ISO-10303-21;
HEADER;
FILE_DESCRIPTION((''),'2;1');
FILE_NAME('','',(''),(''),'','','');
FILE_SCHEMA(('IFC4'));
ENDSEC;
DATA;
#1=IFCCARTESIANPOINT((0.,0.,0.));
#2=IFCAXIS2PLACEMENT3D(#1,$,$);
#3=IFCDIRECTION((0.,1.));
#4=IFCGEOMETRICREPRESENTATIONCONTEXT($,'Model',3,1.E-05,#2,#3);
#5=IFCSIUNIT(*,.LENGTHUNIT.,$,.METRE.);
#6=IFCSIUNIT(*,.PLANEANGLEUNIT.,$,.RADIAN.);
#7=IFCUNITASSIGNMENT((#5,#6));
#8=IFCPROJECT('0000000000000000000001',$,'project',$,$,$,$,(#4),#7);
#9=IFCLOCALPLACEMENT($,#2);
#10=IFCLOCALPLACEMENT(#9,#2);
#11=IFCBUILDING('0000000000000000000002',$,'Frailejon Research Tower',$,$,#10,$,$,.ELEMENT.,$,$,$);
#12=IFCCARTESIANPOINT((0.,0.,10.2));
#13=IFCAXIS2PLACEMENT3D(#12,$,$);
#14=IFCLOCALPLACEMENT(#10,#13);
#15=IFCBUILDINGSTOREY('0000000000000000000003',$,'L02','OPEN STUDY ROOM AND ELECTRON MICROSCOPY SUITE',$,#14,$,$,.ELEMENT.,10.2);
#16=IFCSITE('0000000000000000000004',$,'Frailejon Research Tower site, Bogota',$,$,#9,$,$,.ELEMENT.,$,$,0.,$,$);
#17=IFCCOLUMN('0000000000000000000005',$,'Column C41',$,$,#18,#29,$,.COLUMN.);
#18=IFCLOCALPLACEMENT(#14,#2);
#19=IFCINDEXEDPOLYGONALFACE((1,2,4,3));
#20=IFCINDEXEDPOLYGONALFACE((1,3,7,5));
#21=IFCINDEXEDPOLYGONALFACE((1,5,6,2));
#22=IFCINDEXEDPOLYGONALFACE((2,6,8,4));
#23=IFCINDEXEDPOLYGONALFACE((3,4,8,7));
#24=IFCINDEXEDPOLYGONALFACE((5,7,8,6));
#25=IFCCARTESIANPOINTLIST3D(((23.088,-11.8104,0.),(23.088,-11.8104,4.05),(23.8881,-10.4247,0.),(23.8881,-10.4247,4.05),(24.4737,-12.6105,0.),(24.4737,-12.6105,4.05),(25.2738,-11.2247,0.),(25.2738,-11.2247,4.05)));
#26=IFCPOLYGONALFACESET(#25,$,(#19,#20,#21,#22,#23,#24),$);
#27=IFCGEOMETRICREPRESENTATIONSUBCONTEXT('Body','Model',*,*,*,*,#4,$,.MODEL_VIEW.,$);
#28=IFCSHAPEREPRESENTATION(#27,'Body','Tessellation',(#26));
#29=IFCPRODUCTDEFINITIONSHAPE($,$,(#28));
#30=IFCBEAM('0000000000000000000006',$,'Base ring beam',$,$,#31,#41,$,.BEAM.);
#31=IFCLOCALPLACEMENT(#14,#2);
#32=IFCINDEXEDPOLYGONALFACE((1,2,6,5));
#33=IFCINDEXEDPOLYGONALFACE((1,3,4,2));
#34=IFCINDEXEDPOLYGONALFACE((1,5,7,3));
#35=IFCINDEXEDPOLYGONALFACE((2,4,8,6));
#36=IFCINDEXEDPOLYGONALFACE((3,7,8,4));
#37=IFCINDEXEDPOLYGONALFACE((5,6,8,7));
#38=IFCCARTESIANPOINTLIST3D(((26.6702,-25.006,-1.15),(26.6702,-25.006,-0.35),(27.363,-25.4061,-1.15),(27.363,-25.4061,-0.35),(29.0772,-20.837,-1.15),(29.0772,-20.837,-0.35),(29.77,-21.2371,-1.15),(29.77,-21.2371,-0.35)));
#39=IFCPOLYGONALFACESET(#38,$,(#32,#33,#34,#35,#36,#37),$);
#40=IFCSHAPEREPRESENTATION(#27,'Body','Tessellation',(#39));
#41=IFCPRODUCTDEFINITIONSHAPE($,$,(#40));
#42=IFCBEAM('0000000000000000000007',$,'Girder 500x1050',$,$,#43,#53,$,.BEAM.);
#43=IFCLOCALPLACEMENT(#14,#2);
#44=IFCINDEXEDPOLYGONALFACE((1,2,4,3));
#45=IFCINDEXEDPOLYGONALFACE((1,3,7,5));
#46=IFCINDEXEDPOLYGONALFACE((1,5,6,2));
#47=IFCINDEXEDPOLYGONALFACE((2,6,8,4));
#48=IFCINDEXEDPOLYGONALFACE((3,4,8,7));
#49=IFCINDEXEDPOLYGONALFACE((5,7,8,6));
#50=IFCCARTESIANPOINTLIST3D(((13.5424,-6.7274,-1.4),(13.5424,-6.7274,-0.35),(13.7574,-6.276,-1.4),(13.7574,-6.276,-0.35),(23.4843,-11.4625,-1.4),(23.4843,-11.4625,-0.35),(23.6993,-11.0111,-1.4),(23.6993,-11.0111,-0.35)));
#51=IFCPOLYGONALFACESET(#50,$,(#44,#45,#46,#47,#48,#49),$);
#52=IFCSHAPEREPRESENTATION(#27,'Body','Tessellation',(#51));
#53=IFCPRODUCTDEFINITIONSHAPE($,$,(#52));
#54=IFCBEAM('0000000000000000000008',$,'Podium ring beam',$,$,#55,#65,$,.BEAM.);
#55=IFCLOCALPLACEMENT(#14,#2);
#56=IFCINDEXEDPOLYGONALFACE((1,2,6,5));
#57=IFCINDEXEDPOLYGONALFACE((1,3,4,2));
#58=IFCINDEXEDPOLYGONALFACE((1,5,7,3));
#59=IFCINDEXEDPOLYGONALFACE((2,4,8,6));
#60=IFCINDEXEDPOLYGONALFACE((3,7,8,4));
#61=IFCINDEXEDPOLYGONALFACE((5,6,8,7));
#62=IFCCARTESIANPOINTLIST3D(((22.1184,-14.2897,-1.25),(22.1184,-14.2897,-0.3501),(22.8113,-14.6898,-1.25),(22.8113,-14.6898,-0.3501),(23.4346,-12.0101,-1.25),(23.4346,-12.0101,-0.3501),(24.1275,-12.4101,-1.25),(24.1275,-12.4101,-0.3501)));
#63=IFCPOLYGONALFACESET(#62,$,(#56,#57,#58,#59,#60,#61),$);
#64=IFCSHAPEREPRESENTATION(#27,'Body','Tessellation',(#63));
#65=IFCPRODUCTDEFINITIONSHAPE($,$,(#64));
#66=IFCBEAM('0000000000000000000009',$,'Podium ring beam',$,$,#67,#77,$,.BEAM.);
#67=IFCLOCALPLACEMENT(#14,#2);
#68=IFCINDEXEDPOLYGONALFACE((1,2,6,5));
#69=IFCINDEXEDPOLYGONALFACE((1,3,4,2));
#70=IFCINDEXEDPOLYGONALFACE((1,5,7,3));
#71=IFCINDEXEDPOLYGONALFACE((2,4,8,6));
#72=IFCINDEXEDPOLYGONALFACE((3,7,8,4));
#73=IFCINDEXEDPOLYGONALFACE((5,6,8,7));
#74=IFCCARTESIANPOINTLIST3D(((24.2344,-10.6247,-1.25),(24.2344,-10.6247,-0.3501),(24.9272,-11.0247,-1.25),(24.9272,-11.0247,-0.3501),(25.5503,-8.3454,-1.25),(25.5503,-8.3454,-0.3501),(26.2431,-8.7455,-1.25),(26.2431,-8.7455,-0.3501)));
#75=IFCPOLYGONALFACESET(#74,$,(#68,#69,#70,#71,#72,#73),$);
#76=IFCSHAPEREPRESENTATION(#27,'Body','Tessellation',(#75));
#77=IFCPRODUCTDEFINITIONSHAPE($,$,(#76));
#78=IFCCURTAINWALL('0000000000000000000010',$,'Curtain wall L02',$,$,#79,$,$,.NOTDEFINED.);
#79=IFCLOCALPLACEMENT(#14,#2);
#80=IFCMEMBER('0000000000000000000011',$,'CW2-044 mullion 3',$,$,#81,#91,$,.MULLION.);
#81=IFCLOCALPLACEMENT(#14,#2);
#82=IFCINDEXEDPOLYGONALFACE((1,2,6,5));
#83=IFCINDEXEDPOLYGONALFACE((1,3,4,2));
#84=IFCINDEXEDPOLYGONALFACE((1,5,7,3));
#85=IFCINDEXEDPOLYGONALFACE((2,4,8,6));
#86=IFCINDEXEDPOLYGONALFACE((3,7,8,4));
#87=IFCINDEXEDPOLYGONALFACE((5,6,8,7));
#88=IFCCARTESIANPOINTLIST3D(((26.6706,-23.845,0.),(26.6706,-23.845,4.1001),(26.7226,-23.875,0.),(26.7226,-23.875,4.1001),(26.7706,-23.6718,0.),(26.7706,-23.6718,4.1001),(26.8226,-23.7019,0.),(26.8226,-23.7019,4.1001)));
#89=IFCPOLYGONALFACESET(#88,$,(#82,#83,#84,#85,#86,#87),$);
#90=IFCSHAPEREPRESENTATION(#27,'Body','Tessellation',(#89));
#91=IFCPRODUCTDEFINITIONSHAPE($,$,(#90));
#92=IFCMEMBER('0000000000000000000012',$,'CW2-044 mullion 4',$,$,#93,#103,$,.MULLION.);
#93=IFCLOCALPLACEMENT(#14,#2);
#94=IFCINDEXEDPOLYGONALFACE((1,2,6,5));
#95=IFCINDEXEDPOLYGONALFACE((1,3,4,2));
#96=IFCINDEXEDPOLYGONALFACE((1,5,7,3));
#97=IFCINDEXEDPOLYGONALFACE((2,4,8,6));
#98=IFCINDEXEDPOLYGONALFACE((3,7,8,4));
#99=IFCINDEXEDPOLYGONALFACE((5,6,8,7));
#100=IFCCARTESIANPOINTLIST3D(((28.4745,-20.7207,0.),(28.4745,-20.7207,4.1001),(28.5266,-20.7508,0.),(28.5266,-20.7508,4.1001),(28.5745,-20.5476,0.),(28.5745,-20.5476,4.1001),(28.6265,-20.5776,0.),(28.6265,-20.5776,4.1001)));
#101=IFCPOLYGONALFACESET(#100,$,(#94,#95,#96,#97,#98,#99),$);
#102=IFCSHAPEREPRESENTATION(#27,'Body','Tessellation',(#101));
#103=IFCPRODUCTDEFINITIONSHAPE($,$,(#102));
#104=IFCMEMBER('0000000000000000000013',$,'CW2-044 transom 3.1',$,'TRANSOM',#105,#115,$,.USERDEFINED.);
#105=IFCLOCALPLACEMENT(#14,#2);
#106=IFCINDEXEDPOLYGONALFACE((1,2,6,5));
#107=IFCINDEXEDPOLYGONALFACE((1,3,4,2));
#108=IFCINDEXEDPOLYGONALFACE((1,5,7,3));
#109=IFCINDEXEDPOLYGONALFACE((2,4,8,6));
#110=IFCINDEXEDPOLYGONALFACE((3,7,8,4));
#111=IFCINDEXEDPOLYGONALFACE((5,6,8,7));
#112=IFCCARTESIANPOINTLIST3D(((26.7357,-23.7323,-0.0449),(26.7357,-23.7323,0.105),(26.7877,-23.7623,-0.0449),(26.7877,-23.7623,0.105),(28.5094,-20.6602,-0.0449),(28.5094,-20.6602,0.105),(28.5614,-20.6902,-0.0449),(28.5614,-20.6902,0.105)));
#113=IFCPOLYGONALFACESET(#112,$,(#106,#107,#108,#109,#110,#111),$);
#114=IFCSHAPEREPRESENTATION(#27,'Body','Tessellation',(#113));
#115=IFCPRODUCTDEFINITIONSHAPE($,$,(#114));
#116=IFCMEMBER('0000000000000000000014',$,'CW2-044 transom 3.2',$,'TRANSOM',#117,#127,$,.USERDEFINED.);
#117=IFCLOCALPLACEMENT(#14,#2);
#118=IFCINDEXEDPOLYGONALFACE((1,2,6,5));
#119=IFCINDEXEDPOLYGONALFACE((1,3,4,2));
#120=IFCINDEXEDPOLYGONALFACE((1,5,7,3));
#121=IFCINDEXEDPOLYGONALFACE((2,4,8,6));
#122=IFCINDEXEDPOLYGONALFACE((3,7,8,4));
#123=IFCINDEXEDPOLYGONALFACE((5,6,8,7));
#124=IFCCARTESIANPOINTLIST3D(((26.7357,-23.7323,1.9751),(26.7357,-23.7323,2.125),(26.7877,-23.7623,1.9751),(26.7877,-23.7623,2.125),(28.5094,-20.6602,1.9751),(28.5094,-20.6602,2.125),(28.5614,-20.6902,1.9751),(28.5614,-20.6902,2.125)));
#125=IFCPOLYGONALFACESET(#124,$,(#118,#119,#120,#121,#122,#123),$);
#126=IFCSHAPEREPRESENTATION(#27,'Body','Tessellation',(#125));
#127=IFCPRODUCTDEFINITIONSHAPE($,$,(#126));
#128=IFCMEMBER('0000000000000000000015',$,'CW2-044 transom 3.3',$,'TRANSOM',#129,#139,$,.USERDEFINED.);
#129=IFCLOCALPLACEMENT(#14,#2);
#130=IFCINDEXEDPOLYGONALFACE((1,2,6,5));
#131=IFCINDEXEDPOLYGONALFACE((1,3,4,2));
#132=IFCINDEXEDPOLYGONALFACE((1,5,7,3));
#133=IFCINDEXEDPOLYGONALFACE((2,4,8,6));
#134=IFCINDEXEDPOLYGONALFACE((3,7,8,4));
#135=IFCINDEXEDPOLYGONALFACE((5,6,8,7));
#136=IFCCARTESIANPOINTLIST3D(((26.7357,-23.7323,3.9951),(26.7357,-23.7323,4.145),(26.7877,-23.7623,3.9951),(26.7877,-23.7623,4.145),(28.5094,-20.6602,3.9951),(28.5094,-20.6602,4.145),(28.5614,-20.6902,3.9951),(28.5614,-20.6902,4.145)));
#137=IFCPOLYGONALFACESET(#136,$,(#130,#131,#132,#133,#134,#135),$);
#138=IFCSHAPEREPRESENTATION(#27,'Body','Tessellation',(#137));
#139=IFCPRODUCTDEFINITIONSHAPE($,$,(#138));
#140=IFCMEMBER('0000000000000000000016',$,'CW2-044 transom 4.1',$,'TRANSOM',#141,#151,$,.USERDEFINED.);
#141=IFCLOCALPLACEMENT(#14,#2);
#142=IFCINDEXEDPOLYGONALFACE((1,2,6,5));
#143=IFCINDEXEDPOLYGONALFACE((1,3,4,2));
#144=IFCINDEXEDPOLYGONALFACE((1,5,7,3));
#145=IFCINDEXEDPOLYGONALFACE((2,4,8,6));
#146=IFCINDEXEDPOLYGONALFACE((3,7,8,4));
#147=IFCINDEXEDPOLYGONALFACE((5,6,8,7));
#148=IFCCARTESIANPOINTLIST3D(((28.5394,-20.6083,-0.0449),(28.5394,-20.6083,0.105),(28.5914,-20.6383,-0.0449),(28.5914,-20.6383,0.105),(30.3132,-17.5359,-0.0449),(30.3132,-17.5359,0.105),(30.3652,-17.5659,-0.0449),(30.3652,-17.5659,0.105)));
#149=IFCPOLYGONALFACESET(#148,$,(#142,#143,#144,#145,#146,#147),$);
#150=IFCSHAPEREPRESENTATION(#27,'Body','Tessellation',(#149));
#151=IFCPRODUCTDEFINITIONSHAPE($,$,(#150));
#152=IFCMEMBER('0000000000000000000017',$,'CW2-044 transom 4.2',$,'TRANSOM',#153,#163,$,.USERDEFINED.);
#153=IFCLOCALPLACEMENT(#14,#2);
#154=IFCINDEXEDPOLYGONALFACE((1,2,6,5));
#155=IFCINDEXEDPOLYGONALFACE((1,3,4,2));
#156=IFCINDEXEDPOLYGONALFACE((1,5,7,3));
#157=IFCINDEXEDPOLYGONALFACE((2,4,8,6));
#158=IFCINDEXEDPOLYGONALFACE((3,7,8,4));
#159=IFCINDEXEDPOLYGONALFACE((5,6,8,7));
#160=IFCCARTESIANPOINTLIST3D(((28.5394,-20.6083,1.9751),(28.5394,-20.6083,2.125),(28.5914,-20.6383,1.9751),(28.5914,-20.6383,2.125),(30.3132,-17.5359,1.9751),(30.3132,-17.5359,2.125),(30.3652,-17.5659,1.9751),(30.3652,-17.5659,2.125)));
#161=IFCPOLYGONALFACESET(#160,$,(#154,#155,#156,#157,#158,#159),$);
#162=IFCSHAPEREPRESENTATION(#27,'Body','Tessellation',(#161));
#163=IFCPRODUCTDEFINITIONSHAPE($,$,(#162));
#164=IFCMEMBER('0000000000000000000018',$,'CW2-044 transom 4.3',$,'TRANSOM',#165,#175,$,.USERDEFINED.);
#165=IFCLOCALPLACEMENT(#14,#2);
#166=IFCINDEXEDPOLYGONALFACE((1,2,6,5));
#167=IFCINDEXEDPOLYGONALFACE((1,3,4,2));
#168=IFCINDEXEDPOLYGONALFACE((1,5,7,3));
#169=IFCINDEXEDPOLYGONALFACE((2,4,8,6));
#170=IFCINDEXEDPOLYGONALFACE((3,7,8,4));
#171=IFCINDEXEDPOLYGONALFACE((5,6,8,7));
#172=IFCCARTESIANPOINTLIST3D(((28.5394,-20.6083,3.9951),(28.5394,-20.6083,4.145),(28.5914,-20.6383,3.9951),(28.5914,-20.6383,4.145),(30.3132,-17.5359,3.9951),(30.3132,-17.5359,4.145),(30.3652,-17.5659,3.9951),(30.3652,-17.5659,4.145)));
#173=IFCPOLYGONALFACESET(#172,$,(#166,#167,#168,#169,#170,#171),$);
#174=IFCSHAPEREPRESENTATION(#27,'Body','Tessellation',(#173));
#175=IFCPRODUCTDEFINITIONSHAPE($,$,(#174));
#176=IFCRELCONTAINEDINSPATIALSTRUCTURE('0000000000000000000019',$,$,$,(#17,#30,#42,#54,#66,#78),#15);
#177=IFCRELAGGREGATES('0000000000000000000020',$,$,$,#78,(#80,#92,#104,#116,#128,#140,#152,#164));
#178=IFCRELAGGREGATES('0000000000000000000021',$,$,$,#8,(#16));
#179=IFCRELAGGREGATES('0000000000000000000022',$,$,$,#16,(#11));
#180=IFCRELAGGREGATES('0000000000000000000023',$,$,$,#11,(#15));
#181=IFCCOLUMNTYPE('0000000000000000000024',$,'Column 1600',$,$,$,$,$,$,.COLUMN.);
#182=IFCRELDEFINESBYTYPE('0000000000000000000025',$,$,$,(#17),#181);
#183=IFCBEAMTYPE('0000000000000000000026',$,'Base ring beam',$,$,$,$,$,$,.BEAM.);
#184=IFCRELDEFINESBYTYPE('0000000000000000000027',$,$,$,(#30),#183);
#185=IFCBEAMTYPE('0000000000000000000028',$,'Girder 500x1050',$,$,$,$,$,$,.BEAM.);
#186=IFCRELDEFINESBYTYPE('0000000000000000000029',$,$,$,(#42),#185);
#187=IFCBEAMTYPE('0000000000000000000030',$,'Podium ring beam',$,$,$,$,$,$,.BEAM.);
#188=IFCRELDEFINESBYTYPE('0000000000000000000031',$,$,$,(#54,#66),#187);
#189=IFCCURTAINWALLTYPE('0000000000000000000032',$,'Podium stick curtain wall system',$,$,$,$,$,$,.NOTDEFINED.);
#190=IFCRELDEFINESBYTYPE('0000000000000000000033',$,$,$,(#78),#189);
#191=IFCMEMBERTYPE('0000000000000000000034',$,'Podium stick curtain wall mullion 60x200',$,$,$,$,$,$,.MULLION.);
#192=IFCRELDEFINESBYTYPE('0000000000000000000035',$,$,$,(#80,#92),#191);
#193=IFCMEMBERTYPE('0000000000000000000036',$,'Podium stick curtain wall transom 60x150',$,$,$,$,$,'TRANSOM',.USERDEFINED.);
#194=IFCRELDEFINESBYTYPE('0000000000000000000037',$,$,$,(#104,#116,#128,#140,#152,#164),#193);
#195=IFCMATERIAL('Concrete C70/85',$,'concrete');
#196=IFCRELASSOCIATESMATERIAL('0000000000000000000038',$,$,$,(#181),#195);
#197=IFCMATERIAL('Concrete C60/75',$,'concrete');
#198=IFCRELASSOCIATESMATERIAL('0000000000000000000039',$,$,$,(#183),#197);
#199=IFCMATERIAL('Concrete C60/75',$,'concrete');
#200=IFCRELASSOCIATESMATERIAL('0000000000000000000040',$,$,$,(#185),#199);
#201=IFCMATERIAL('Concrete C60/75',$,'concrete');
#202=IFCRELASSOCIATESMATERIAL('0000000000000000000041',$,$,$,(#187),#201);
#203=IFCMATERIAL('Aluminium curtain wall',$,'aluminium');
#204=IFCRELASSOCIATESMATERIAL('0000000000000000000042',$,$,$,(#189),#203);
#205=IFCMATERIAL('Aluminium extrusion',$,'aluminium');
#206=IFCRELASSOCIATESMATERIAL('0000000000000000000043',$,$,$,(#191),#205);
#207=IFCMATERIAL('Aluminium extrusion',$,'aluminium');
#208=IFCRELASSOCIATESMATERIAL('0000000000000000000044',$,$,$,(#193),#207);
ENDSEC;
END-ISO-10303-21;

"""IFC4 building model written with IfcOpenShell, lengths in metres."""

from ifc_helpers import new_model, si_unit, direction, frame, origin, origin_2d, place, context, subcontext, project, spatial, rectangle, extrude, material, material_profile, profile_set, type_object, element, aggregate, save


model = new_model("IFC4")

# Units and contexts
model_context = context("Model", 3, precision=1e-05, world=origin(), true_north=direction((0.0, 1.0)))
body_context = subcontext(model_context, "Body", "Model", "MODEL_VIEW")
ifc_project = project(units=[si_unit("LENGTHUNIT", "METRE"), si_unit("PLANEANGLEUNIT", "RADIAN")], contexts=[model_context])

# Site, building, storey
site_placement = place(None, origin())
site = spatial("IfcSite", under=ifc_project, at=site_placement, Name="Frailejon Research Tower site, Bogota", CompositionType="ELEMENT", RefElevation=0.0)
building_placement = place(site_placement, origin())
building = spatial("IfcBuilding", under=site, at=building_placement, Name="Frailejon Research Tower", CompositionType="ELEMENT")
storey_placement = place(building_placement, frame((0.0, 0.0, 10.2)))
storey = spatial("IfcBuildingStorey", under=building, at=storey_placement, Name="L02", Description="OPEN STUDY ROOM AND ELECTRON MICROSCOPY SUITE", CompositionType="ELEMENT", Elevation=10.2)

# Column
ifc_material_1 = material(Name="Concrete C70/85", Category="concrete")
ifc_material_profile_1 = material_profile(ifc_material_1, rectangle(XDim=1.6001, YDim=1.6001, at=origin_2d()), Name="Column 1600")
ifc_profile_set_1 = profile_set([ifc_material_profile_1], Name="Concrete C70/85")
column_type = type_object("IfcColumnType", Name="Column 1600", PredefinedType="COLUMN", material=ifc_profile_set_1)
column_placement = place(storey_placement, frame((24.1809, -11.5176, 0.0), z_axis=(0.0, 0.0, 1.0), x_axis=(0.5, 0.866025, 0.0)))
element("IfcColumn", 1, at=column_placement, inside=storey, type_object=column_type, Name="Column C41", PredefinedType="COLUMN", context=body_context, shape_type="SweptSolid", body=[
    extrude(rectangle(XDim=1.6001, YDim=1.6001, at=origin_2d()), origin(), (0.0, 0.0, 1.0), 4.05),
])

# Beams
ifc_material_2 = material(Name="Concrete C60/75", Category="concrete")
ifc_material_profile_2 = material_profile(ifc_material_2, rectangle(XDim=0.8, YDim=0.8, at=origin_2d()), Name="Base ring beam")
ifc_profile_set_2 = profile_set([ifc_material_profile_2], Name="Concrete C60/75")
beam_type_1 = type_object("IfcBeamType", Name="Base ring beam", PredefinedType="BEAM", material=ifc_profile_set_2)
beam_1_placement = place(storey_placement, frame((27.0166, -25.2061, -0.75), z_axis=(0.500006, 0.866022, 0.0), x_axis=(-0.866022, 0.500006, 0.0)))
element("IfcBeam", 2, at=beam_1_placement, inside=storey, type_object=beam_type_1, Name="Base ring beam", PredefinedType="BEAM", context=body_context, shape_type="SweptSolid", body=[
    extrude(rectangle(XDim=0.8, YDim=0.8, at=origin_2d()), origin(), (0.0, 0.0, 1.0), 4.814),
])
ifc_material_3 = material(Name="Concrete C60/75", Category="concrete")
ifc_material_profile_3 = material_profile(ifc_material_3, rectangle(XDim=0.5, YDim=1.05, at=origin_2d()), Name="Girder 500x1050")
ifc_profile_set_3 = profile_set([ifc_material_profile_3], Name="Concrete C60/75")
beam_type_2 = type_object("IfcBeamType", Name="Girder 500x1050", PredefinedType="BEAM", material=ifc_profile_set_3)
beam_2_placement = place(storey_placement, frame((23.5918, -11.2368, -0.875), z_axis=(-0.90283, 0.429998, 0.0), x_axis=(-0.429998, -0.90283, 0.0)))
element("IfcBeam", 3, at=beam_2_placement, inside=storey, type_object=beam_type_2, Name="Girder 500x1050", PredefinedType="BEAM", context=body_context, shape_type="SweptSolid", body=[
    extrude(rectangle(XDim=0.5, YDim=1.05, at=origin_2d()), origin(), (0.0, 0.0, 1.0), 11.012),
])
ifc_material_4 = material(Name="Concrete C60/75", Category="concrete")
ifc_material_profile_4 = material_profile(ifc_material_4, rectangle(XDim=0.8, YDim=0.8999, at=origin_2d()), Name="Podium ring beam")
ifc_profile_set_4 = profile_set([ifc_material_profile_4], Name="Concrete C60/75")
beam_type_3 = type_object("IfcBeamType", Name="Podium ring beam", PredefinedType="BEAM", material=ifc_profile_set_4)
beam_3_placement = place(storey_placement, frame((22.4648, -14.4897, -0.8), z_axis=(0.50002, 0.866014, 0.0), x_axis=(-0.866014, 0.50002, 0.0)))
element("IfcBeam", 4, at=beam_3_placement, inside=storey, type_object=beam_type_3, Name="Podium ring beam", PredefinedType="BEAM", context=body_context, shape_type="SweptSolid", body=[
    extrude(rectangle(XDim=0.8, YDim=0.8999, at=origin_2d()), origin(), (0.0, 0.0, 1.0), 2.6323),
])
beam_4_placement = place(storey_placement, frame((24.5808, -10.8247, -0.8), z_axis=(0.49999, 0.866031, 0.0), x_axis=(-0.866031, 0.49999, 0.0)))
element("IfcBeam", 5, at=beam_4_placement, inside=storey, type_object=beam_type_3, Name="Podium ring beam", PredefinedType="BEAM", context=body_context, shape_type="SweptSolid", body=[
    extrude(rectangle(XDim=0.8, YDim=0.8999, at=origin_2d()), origin(), (0.0, 0.0, 1.0), 2.6318),
])

# Curtain wall, members
ifc_material_5 = material(Name="Aluminium curtain wall", Category="aluminium")
curtain_wall_type = type_object("IfcCurtainWallType", Name="Podium stick curtain wall system", PredefinedType="NOTDEFINED", material=ifc_material_5)
curtain_wall_placement = place(storey_placement, origin())
curtain_wall = element("IfcCurtainWall", 6, at=curtain_wall_placement, inside=storey, type_object=curtain_wall_type, Name="Curtain wall L02", PredefinedType="NOTDEFINED")
ifc_material_6 = material(Name="Aluminium extrusion", Category="aluminium")
ifc_material_profile_5 = material_profile(ifc_material_6, rectangle(XDim=0.0601, YDim=0.2, at=origin_2d()), Name="Podium stick curtain wall mullion 60x200")
ifc_profile_set_5 = profile_set([ifc_material_profile_5], Name="Aluminium extrusion")
member_type_1 = type_object("IfcMemberType", Name="Podium stick curtain wall mullion 60x200", PredefinedType="MULLION", material=ifc_profile_set_5)
member_1_placement = place(storey_placement, frame((26.7466, -23.7734, 0.0), z_axis=(0.0, 0.0, 1.0), x_axis=(-0.866026, 0.499998, 0.0)))
member_1 = element("IfcMember", 7, at=member_1_placement, type_object=member_type_1, Name="CW2-044 mullion 3", PredefinedType="MULLION", context=body_context, shape_type="SweptSolid", body=[
    extrude(rectangle(XDim=0.0601, YDim=0.2, at=origin_2d()), origin(), (0.0, 0.0, 1.0), 4.1001),
])
member_2_placement = place(storey_placement, frame((28.5505, -20.6492, 0.0), z_axis=(0.0, 0.0, 1.0), x_axis=(-0.866026, 0.499998, 0.0)))
member_2 = element("IfcMember", 8, at=member_2_placement, type_object=member_type_1, Name="CW2-044 mullion 4", PredefinedType="MULLION", context=body_context, shape_type="SweptSolid", body=[
    extrude(rectangle(XDim=0.0601, YDim=0.2, at=origin_2d()), origin(), (0.0, 0.0, 1.0), 4.1001),
])
ifc_material_7 = material(Name="Aluminium extrusion", Category="aluminium")
ifc_material_profile_6 = material_profile(ifc_material_7, rectangle(XDim=0.0601, YDim=0.1499, at=origin_2d()), Name="Podium stick curtain wall transom 60x150")
ifc_profile_set_6 = profile_set([ifc_material_profile_6], Name="Aluminium extrusion")
member_type_2 = type_object("IfcMemberType", Name="Podium stick curtain wall transom 60x150", ElementType="TRANSOM", PredefinedType="USERDEFINED", material=ifc_profile_set_6)
member_3_placement = place(storey_placement, frame((26.7617, -23.7473, 0.03), z_axis=(0.50001, 0.866019, 0.0), x_axis=(-0.866019, 0.50001, 0.0)))
member_3 = element("IfcMember", 9, at=member_3_placement, type_object=member_type_2, Name="CW2-044 transom 3.1", ObjectType="TRANSOM", PredefinedType="USERDEFINED", context=body_context, shape_type="SweptSolid", body=[
    extrude(rectangle(XDim=0.0601, YDim=0.1499, at=origin_2d()), origin(), (0.0, 0.0, 1.0), 3.5474),
])
member_4_placement = place(storey_placement, frame((26.7617, -23.7473, 2.05), z_axis=(0.50001, 0.866019, 0.0), x_axis=(-0.866019, 0.50001, 0.0)))
member_4 = element("IfcMember", 10, at=member_4_placement, type_object=member_type_2, Name="CW2-044 transom 3.2", ObjectType="TRANSOM", PredefinedType="USERDEFINED", context=body_context, shape_type="SweptSolid", body=[
    extrude(rectangle(XDim=0.0601, YDim=0.1499, at=origin_2d()), origin(), (0.0, 0.0, 1.0), 3.5474),
])
member_5_placement = place(storey_placement, frame((26.7617, -23.7473, 4.0701), z_axis=(0.50001, 0.866019, 0.0), x_axis=(-0.866019, 0.50001, 0.0)))
member_5 = element("IfcMember", 11, at=member_5_placement, type_object=member_type_2, Name="CW2-044 transom 3.3", ObjectType="TRANSOM", PredefinedType="USERDEFINED", context=body_context, shape_type="SweptSolid", body=[
    extrude(rectangle(XDim=0.0601, YDim=0.1499, at=origin_2d()), origin(), (0.0, 0.0, 1.0), 3.5474),
])
member_6_placement = place(storey_placement, frame((28.5654, -20.6233, 0.03), z_axis=(0.499981, 0.866037, 0.0), x_axis=(-0.866037, 0.499981, 0.0)))
member_6 = element("IfcMember", 12, at=member_6_placement, type_object=member_type_2, Name="CW2-044 transom 4.1", ObjectType="TRANSOM", PredefinedType="USERDEFINED", context=body_context, shape_type="SweptSolid", body=[
    extrude(rectangle(XDim=0.0601, YDim=0.1499, at=origin_2d()), origin(), (0.0, 0.0, 1.0), 3.5476),
])
member_7_placement = place(storey_placement, frame((28.5654, -20.6233, 2.05), z_axis=(0.499981, 0.866037, 0.0), x_axis=(-0.866037, 0.499981, 0.0)))
member_7 = element("IfcMember", 13, at=member_7_placement, type_object=member_type_2, Name="CW2-044 transom 4.2", ObjectType="TRANSOM", PredefinedType="USERDEFINED", context=body_context, shape_type="SweptSolid", body=[
    extrude(rectangle(XDim=0.0601, YDim=0.1499, at=origin_2d()), origin(), (0.0, 0.0, 1.0), 3.5476),
])
member_8_placement = place(storey_placement, frame((28.5654, -20.6233, 4.0701), z_axis=(0.499981, 0.866037, 0.0), x_axis=(-0.866037, 0.499981, 0.0)))
member_8 = element("IfcMember", 14, at=member_8_placement, type_object=member_type_2, Name="CW2-044 transom 4.3", ObjectType="TRANSOM", PredefinedType="USERDEFINED", context=body_context, shape_type="SweptSolid", body=[
    extrude(rectangle(XDim=0.0601, YDim=0.1499, at=origin_2d()), origin(), (0.0, 0.0, 1.0), 3.5476),
])
aggregate(curtain_wall, [member_1, member_2, member_3, member_4, member_5, member_6, member_7, member_8])

save(model, "model.ifc")
